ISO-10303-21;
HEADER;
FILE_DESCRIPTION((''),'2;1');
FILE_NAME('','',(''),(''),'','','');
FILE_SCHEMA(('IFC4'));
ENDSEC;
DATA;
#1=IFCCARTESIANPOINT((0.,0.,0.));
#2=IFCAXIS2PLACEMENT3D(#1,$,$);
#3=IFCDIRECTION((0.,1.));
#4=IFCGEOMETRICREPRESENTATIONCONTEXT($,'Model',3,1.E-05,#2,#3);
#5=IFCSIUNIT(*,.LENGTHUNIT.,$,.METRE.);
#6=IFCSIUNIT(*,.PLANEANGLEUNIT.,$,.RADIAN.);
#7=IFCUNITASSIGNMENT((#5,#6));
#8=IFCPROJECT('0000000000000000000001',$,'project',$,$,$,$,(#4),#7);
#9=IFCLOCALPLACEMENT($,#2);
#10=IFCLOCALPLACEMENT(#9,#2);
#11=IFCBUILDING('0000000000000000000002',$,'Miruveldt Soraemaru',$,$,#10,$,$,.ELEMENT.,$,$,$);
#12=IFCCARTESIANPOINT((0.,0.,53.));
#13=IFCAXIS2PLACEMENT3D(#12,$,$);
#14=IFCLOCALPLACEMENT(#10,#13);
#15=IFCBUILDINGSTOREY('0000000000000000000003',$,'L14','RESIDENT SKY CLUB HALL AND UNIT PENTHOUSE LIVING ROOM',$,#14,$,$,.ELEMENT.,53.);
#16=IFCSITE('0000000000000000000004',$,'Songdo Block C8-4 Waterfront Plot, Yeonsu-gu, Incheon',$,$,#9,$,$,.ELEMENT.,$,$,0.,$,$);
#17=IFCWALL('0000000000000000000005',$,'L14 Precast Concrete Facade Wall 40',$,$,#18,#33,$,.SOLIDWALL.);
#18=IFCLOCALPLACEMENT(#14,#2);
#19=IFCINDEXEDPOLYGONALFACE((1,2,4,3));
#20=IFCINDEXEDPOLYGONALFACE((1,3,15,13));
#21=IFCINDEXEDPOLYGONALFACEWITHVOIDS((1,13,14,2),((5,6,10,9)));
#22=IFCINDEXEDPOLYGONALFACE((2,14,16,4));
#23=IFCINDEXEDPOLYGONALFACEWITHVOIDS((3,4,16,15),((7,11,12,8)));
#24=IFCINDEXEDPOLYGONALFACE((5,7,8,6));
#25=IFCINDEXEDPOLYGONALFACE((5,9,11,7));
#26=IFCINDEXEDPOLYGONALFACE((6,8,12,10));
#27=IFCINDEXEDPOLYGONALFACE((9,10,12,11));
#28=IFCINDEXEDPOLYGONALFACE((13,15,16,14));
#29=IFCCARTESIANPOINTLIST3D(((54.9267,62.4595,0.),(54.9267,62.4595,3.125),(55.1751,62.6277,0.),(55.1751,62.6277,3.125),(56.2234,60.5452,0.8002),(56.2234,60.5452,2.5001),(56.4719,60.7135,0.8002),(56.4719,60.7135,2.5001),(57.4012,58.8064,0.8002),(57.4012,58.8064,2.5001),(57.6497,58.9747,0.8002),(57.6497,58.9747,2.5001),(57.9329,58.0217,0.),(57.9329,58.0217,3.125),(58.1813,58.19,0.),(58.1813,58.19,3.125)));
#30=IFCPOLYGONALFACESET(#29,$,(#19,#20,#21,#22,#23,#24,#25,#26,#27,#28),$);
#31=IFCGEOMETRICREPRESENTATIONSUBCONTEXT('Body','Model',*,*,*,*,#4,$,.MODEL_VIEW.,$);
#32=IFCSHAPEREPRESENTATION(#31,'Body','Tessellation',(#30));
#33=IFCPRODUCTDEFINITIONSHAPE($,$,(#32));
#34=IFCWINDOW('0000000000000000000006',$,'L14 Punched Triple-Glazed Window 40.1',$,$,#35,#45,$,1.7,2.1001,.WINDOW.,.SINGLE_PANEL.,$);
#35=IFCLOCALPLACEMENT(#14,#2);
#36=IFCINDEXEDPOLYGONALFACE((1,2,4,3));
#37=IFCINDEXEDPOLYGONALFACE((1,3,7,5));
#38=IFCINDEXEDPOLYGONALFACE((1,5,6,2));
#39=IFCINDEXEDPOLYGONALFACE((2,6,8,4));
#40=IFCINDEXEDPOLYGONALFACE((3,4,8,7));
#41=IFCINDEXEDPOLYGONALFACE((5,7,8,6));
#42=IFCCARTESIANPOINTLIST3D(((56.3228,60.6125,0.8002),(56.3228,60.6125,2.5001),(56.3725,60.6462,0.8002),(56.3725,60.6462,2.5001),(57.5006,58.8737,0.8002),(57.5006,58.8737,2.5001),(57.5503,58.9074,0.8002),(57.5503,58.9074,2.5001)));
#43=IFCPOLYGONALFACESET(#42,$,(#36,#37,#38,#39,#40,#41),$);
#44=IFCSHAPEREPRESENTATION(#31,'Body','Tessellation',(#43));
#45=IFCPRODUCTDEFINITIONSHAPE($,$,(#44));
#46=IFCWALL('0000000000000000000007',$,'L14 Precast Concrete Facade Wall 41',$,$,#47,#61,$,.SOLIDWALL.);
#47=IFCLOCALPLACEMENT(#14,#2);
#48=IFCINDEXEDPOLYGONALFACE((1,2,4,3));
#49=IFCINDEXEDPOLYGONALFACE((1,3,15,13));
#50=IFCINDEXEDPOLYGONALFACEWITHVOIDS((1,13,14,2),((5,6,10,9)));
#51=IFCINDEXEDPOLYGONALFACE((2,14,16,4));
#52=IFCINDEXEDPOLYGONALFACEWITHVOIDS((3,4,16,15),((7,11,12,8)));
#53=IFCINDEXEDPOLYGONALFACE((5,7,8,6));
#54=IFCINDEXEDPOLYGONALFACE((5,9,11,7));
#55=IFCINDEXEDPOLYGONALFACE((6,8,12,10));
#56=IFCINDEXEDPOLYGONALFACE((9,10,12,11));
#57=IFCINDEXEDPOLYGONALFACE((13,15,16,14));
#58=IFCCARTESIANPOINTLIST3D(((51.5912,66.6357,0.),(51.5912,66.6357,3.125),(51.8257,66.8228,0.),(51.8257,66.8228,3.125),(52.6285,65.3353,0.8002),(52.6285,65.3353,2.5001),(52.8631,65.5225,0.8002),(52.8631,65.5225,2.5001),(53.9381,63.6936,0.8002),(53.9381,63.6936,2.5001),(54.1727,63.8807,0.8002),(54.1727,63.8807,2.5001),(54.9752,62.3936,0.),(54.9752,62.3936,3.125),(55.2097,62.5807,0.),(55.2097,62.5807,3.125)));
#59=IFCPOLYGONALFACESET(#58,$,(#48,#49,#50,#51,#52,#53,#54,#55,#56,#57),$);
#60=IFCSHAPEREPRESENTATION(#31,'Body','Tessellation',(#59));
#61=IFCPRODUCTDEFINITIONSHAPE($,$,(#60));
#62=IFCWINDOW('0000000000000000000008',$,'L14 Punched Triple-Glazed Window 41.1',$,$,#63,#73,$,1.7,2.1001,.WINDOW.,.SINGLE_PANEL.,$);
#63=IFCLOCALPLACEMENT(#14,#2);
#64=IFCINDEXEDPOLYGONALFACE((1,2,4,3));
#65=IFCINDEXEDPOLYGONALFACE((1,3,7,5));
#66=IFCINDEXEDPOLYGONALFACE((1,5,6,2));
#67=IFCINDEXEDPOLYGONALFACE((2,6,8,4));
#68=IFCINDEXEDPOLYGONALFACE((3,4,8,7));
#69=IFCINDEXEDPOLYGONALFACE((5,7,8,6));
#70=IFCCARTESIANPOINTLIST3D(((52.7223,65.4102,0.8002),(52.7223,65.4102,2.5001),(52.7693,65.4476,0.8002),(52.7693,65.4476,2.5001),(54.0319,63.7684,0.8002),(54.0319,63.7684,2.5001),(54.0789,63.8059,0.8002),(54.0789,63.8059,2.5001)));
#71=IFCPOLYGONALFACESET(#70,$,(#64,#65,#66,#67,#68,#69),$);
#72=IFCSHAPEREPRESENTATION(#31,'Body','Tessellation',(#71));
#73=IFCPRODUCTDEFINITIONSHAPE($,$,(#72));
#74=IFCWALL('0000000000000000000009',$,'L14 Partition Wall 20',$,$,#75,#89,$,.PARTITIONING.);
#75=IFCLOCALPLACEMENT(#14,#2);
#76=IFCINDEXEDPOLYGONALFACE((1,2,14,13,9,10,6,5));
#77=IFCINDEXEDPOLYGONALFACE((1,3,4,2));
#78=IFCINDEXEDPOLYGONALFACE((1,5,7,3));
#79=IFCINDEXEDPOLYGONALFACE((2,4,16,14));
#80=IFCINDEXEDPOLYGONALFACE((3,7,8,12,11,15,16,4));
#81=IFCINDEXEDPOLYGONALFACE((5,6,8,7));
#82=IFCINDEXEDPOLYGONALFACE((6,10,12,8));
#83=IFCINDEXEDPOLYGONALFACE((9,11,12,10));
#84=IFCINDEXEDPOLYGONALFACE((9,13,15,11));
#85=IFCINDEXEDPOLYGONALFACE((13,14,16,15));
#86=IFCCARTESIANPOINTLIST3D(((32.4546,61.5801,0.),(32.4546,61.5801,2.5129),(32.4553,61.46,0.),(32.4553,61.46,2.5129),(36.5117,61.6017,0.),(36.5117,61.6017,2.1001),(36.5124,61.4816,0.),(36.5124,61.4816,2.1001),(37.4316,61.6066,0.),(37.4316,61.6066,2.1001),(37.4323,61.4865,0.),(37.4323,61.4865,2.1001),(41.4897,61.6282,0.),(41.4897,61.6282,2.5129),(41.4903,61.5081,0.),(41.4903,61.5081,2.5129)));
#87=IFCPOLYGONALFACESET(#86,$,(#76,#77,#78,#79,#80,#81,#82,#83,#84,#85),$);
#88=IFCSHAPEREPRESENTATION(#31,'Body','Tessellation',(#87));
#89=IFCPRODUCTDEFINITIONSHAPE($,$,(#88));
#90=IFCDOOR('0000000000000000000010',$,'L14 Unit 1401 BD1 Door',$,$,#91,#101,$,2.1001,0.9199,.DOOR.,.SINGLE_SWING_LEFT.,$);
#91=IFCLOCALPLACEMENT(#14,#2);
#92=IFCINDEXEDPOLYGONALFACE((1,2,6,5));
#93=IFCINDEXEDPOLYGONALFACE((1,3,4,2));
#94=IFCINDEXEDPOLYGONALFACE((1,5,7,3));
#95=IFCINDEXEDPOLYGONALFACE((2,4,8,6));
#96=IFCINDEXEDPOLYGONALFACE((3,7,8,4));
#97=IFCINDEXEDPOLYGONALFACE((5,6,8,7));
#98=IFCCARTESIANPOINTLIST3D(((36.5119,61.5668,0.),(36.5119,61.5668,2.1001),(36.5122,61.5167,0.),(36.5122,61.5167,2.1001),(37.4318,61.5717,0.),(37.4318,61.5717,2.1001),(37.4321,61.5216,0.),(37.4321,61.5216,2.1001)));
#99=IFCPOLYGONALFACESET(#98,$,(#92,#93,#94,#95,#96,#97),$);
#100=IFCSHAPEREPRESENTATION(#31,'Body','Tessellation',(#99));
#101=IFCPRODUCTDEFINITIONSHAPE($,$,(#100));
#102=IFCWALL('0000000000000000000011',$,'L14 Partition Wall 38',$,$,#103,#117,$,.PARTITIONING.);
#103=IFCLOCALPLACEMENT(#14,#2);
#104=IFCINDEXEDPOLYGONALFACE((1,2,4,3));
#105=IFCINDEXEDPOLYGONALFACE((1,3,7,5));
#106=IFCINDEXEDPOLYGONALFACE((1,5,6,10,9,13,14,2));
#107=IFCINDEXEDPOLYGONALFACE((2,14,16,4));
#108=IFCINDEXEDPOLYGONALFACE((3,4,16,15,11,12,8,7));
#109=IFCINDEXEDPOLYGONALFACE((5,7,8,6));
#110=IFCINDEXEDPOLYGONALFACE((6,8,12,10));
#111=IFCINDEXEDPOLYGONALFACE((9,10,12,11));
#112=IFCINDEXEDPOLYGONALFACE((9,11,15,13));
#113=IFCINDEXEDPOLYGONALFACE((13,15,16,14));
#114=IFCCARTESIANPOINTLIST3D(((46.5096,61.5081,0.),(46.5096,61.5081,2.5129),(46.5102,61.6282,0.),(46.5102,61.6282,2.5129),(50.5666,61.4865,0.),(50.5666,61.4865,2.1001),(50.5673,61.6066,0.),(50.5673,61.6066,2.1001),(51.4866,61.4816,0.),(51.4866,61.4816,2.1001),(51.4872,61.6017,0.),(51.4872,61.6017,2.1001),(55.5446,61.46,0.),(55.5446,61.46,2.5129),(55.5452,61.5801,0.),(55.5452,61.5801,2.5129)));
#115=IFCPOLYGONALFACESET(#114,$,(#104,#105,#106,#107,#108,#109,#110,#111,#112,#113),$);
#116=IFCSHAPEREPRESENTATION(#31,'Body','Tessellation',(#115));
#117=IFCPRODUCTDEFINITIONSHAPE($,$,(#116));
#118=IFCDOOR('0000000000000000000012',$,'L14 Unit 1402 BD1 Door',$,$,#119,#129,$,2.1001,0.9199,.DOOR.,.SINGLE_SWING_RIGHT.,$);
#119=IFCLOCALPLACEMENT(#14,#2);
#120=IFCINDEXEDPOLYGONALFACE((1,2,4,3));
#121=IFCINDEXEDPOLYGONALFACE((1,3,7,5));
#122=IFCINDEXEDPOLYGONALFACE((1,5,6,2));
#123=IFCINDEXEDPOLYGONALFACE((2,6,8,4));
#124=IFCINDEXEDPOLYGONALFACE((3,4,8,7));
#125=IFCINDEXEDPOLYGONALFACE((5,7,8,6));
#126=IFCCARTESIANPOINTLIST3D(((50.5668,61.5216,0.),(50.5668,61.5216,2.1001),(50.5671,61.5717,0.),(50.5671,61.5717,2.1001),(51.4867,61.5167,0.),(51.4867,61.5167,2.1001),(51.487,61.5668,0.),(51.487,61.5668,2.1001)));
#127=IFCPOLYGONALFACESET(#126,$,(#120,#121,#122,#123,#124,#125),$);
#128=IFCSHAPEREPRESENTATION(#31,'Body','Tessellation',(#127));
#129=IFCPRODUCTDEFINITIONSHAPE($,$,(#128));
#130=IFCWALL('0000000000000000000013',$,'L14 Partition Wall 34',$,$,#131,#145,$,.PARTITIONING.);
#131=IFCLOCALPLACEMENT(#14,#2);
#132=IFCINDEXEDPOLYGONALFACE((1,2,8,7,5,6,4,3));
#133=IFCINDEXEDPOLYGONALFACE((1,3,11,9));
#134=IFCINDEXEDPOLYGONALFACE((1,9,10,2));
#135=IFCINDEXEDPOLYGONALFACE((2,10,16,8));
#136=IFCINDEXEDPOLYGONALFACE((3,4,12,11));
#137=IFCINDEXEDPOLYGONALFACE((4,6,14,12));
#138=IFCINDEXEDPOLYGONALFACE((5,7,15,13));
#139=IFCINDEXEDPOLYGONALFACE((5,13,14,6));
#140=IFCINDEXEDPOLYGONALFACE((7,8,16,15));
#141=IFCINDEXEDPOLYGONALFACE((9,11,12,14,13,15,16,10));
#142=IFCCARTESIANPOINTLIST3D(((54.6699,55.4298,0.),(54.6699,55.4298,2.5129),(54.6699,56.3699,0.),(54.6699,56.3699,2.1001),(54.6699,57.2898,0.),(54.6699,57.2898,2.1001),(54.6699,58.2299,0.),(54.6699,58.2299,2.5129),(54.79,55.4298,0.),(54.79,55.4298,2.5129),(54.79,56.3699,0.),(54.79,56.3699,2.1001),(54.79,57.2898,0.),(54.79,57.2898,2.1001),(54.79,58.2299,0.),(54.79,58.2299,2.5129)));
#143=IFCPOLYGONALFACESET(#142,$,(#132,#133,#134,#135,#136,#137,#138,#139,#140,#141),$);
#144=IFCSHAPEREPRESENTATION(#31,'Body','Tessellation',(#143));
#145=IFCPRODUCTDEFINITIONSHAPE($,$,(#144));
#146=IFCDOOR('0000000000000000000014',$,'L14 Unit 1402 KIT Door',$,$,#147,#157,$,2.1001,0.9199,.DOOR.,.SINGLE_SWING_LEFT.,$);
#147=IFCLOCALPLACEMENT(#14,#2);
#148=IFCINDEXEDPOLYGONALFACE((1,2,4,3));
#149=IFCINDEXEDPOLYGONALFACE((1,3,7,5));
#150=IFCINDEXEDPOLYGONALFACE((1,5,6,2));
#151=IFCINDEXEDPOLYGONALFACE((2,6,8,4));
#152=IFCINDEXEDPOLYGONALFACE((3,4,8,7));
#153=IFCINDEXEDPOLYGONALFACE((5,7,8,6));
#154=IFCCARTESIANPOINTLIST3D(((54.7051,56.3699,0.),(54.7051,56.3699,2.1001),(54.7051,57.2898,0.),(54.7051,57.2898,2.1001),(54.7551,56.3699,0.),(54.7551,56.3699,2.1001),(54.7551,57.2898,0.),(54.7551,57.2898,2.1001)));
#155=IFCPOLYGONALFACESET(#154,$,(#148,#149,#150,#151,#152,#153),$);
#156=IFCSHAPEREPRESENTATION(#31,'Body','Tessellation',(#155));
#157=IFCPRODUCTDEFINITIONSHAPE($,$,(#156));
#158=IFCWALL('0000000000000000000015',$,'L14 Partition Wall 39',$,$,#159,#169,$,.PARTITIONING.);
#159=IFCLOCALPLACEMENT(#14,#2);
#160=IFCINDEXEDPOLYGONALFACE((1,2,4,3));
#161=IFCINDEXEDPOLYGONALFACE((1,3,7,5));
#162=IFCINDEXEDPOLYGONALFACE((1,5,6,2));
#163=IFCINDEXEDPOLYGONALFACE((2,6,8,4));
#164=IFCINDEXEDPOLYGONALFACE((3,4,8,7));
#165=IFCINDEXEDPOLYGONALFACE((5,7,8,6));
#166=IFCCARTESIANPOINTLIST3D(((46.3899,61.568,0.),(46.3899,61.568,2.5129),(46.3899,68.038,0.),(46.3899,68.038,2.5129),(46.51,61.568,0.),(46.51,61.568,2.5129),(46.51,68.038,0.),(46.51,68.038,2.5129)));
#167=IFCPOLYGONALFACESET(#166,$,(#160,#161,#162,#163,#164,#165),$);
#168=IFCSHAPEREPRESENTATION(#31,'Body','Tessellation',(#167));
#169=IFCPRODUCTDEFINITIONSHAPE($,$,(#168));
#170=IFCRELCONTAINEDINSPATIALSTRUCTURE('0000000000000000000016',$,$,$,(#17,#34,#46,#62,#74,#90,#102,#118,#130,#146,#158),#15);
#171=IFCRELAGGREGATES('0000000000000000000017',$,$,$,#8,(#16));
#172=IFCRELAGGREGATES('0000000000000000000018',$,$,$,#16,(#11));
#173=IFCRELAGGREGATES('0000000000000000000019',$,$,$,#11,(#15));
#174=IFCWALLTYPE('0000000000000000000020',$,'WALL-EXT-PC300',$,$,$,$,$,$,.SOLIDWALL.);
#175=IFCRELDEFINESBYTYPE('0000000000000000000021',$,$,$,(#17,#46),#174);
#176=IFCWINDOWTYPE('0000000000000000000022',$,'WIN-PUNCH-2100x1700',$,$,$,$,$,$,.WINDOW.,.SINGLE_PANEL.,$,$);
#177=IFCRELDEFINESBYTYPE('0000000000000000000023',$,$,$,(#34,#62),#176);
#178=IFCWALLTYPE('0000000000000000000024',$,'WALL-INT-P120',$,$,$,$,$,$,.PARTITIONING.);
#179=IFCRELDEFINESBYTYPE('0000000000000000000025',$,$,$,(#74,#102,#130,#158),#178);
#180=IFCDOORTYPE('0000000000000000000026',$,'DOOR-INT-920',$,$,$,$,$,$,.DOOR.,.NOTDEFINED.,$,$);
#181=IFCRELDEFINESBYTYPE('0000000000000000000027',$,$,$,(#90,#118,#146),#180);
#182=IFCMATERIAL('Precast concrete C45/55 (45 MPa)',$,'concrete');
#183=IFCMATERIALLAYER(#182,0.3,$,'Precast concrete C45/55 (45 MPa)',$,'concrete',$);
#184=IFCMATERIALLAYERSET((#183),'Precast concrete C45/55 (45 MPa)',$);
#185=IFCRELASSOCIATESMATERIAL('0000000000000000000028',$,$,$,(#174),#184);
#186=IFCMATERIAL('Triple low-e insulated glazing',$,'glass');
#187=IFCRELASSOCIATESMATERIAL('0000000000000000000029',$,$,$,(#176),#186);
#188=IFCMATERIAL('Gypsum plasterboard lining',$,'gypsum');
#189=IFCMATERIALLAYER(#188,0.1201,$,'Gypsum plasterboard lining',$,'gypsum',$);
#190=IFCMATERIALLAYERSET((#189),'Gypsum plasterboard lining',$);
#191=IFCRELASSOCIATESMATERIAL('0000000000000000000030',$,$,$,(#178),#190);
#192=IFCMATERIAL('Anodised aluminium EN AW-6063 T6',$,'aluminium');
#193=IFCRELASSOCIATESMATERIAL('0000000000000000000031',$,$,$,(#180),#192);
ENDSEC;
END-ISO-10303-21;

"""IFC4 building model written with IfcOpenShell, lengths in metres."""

from ifc_helpers import new_model, si_unit, direction, frame, frame_2d, origin, place, context, subcontext, project, spatial, rectangle, extrude, material, layer, layer_set, type_object, element, fill, save


model = new_model("IFC4")

# Units and contexts
model_context = context("Model", 3, precision=1e-05, world=origin(), true_north=direction((0.0, 1.0)))
body_context = subcontext(model_context, "Body", "Model", "MODEL_VIEW")
ifc_project = project(units=[si_unit("LENGTHUNIT", "METRE"), si_unit("PLANEANGLEUNIT", "RADIAN")], contexts=[model_context])

# Site, building, storey
site_placement = place(None, origin())
site = spatial("IfcSite", under=ifc_project, at=site_placement, Name="Songdo Block C8-4 Waterfront Plot, Yeonsu-gu, Incheon", CompositionType="ELEMENT", RefElevation=0.0)
building_placement = place(site_placement, origin())
building = spatial("IfcBuilding", under=site, at=building_placement, Name="Miruveldt Soraemaru", CompositionType="ELEMENT")
storey_placement = place(building_placement, frame((0.0, 0.0, 53.0)))
storey = spatial("IfcBuildingStorey", under=building, at=storey_placement, Name="L14", Description="RESIDENT SKY CLUB HALL AND UNIT PENTHOUSE LIVING ROOM", CompositionType="ELEMENT", Elevation=53.0)

# Walls, openings, windows
ifc_material_1 = material(Name="Precast concrete C45/55 (45 MPa)", Category="concrete")
ifc_layer_1 = layer(ifc_material_1, 0.3, Name="Precast concrete C45/55 (45 MPa)", Category="concrete")
ifc_layer_set_1 = layer_set([ifc_layer_1], Name="Precast concrete C45/55 (45 MPa)")
wall_type_1 = type_object("IfcWallType", Name="WALL-EXT-PC300", PredefinedType="SOLIDWALL", material=ifc_layer_set_1)
wall_1_placement = place(storey_placement, frame((58.0571, 58.1057, 0.0), z_axis=(0.0, 0.0, 1.0), x_axis=(-0.560834, 0.827928, 0.0)))
wall_1 = element("IfcWall", 1, at=wall_1_placement, inside=storey, type_object=wall_type_1, Name="L14 Precast Concrete Facade Wall 40", PredefinedType="SOLIDWALL", context=body_context, shape_type="SweptSolid", body=[
    extrude(rectangle(XDim=5.3601, YDim=0.3, at=frame_2d((2.6802, 0.0))), origin(), (0.0, 0.0, 1.0), 3.125),
])
opening_1_placement = place(wall_1_placement, frame((0.948, 0.0, 0.8)))
opening_1 = element("IfcOpeningElement", 2, at=opening_1_placement, cuts=wall_1, PredefinedType="OPENING", context=body_context, shape_type="SweptSolid", body=[
    extrude(rectangle(XDim=2.1001, YDim=1.7, at=frame_2d((1.05, 0.8501))), frame((0.0, 0.1602, 0.0), z_axis=(0.0, -1.0, 0.0), x_axis=(1.0, 0.0, 0.0)), (0.0, 0.0, 1.0), 0.3201),
])
ifc_material_2 = material(Name="Triple low-e insulated glazing", Category="glass")
window_type = type_object("IfcWindowType", Name="WIN-PUNCH-2100x1700", PartitioningType="SINGLE_PANEL", PredefinedType="WINDOW", material=ifc_material_2)
window_1_placement = place(opening_1_placement, origin())
window_1 = element("IfcWindow", 3, at=window_1_placement, inside=storey, type_object=window_type, Name="L14 Punched Triple-Glazed Window 40.1", OverallHeight=1.7, OverallWidth=2.1001, PartitioningType="SINGLE_PANEL", PredefinedType="WINDOW", context=body_context, shape_type="SweptSolid", body=[
    extrude(rectangle(XDim=2.1001, YDim=1.7, at=frame_2d((1.05, 0.8501))), frame((0.0, 0.03, 0.0), z_axis=(0.0, -1.0, 0.0), x_axis=(1.0, 0.0, 0.0)), (0.0, 0.0, 1.0), 0.0601),
])
fill(opening_1, window_1)
wall_2_placement = place(storey_placement, frame((55.0925, 62.4871, 0.0), z_axis=(0.0, 0.0, 1.0), x_axis=(-0.623603, 0.781742, 0.0)))
wall_2 = element("IfcWall", 4, at=wall_2_placement, inside=storey, type_object=wall_type_1, Name="L14 Precast Concrete Facade Wall 41", PredefinedType="SOLIDWALL", context=body_context, shape_type="SweptSolid", body=[
    extrude(rectangle(XDim=5.4265, YDim=0.3, at=frame_2d((2.7134, 0.0))), origin(), (0.0, 0.0, 1.0), 3.125),
])
opening_2_placement = place(wall_2_placement, frame((1.6631, 0.0, 0.8)))
opening_2 = element("IfcOpeningElement", 5, at=opening_2_placement, cuts=wall_2, PredefinedType="OPENING", context=body_context, shape_type="SweptSolid", body=[
    extrude(rectangle(XDim=2.1001, YDim=1.7, at=frame_2d((1.05, 0.8501))), frame((0.0, 0.1602, 0.0), z_axis=(0.0, -1.0, 0.0), x_axis=(1.0, 0.0, 0.0)), (0.0, 0.0, 1.0), 0.3201),
])
window_2_placement = place(opening_2_placement, origin())
window_2 = element("IfcWindow", 6, at=window_2_placement, inside=storey, type_object=window_type, Name="L14 Punched Triple-Glazed Window 41.1", OverallHeight=1.7, OverallWidth=2.1001, PartitioningType="SINGLE_PANEL", PredefinedType="WINDOW", context=body_context, shape_type="SweptSolid", body=[
    extrude(rectangle(XDim=2.1001, YDim=1.7, at=frame_2d((1.05, 0.8501))), frame((0.0, 0.03, 0.0), z_axis=(0.0, -1.0, 0.0), x_axis=(1.0, 0.0, 0.0)), (0.0, 0.0, 1.0), 0.0601),
])
fill(opening_2, window_2)

# Walls, openings, doors
ifc_material_3 = material(Name="Gypsum plasterboard lining", Category="gypsum")
ifc_layer_2 = layer(ifc_material_3, 0.1201, Name="Gypsum plasterboard lining", Category="gypsum")
ifc_layer_set_2 = layer_set([ifc_layer_2], Name="Gypsum plasterboard lining")
wall_type_2 = type_object("IfcWallType", Name="WALL-INT-P120", PredefinedType="PARTITIONING", material=ifc_layer_set_2)
wall_3_placement = place(storey_placement, frame((41.49, 61.5681, 0.0), z_axis=(0.0, 0.0, 1.0), x_axis=(-0.999986, -0.005323, 0.0)))
wall_3 = element("IfcWall", 7, at=wall_3_placement, inside=storey, type_object=wall_type_2, Name="L14 Partition Wall 20", PredefinedType="PARTITIONING", context=body_context, shape_type="SweptSolid", body=[
    extrude(rectangle(XDim=9.0352, YDim=0.1201, at=frame_2d((4.5176, 0.0))), origin(), (0.0, 0.0, 1.0), 2.5129),
])
opening_3_placement = place(wall_3_placement, frame((4.0581, 0.0, 0.0)))
opening_3 = element("IfcOpeningElement", 8, at=opening_3_placement, cuts=wall_3, PredefinedType="OPENING", context=body_context, shape_type="SweptSolid", body=[
    extrude(rectangle(XDim=0.9199, YDim=2.1001, at=frame_2d((0.46, 1.05))), frame((0.0, 0.0701, 0.0), z_axis=(0.0, -1.0, 0.0), x_axis=(1.0, 0.0, 0.0)), (0.0, 0.0, 1.0), 0.1401),
])
ifc_material_4 = material(Name="Anodised aluminium EN AW-6063 T6", Category="aluminium")
door_type_1 = type_object("IfcDoorType", Name="DOOR-INT-920", OperationType="NOTDEFINED", PredefinedType="DOOR", material=ifc_material_4)
door_1_placement = place(opening_3_placement, origin())
door_1 = element("IfcDoor", 9, at=door_1_placement, inside=storey, type_object=door_type_1, Name="L14 Unit 1401 BD1 Door", OperationType="SINGLE_SWING_LEFT", OverallHeight=2.1001, OverallWidth=0.9199, PredefinedType="DOOR", context=body_context, shape_type="SweptSolid", body=[
    extrude(rectangle(XDim=0.9199, YDim=2.1001, at=frame_2d((0.46, 1.05))), frame((0.0, 0.0249, 0.0), z_axis=(0.0, -1.0, 0.0), x_axis=(1.0, 0.0, 0.0)), (0.0, 0.0, 1.0), 0.05),
])
fill(opening_3, door_1)
wall_4_placement = place(storey_placement, frame((55.5449, 61.52, 0.0), z_axis=(0.0, 0.0, 1.0), x_axis=(-0.999986, 0.005323, 0.0)))
wall_4 = element("IfcWall", 10, at=wall_4_placement, inside=storey, type_object=wall_type_2, Name="L14 Partition Wall 38", PredefinedType="PARTITIONING", context=body_context, shape_type="SweptSolid", body=[
    extrude(rectangle(XDim=9.0352, YDim=0.1201, at=frame_2d((4.5176, 0.0))), origin(), (0.0, 0.0, 1.0), 2.5129),
])
opening_4_placement = place(wall_4_placement, frame((4.0581, 0.0, 0.0)))
opening_4 = element("IfcOpeningElement", 11, at=opening_4_placement, cuts=wall_4, PredefinedType="OPENING", context=body_context, shape_type="SweptSolid", body=[
    extrude(rectangle(XDim=0.9199, YDim=2.1001, at=frame_2d((0.46, 1.05))), frame((0.0, 0.0701, 0.0), z_axis=(0.0, -1.0, 0.0), x_axis=(1.0, 0.0, 0.0)), (0.0, 0.0, 1.0), 0.1401),
])
door_2_placement = place(opening_4_placement, origin())
door_2 = element("IfcDoor", 12, at=door_2_placement, inside=storey, type_object=door_type_1, Name="L14 Unit 1402 BD1 Door", OperationType="SINGLE_SWING_RIGHT", OverallHeight=2.1001, OverallWidth=0.9199, PredefinedType="DOOR", context=body_context, shape_type="SweptSolid", body=[
    extrude(rectangle(XDim=0.9199, YDim=2.1001, at=frame_2d((0.46, 1.05))), frame((0.0, 0.0249, 0.0), z_axis=(0.0, -1.0, 0.0), x_axis=(1.0, 0.0, 0.0)), (0.0, 0.0, 1.0), 0.05),
])
fill(opening_4, door_2)
wall_5_placement = place(storey_placement, frame((54.73, 55.4299, 0.0), z_axis=(0.0, 0.0, 1.0), x_axis=(0.0, 1.0, 0.0)))
wall_5 = element("IfcWall", 13, at=wall_5_placement, inside=storey, type_object=wall_type_2, Name="L14 Partition Wall 34", PredefinedType="PARTITIONING", context=body_context, shape_type="SweptSolid", body=[
    extrude(rectangle(XDim=2.8, YDim=0.1201, at=frame_2d((1.3999, 0.0))), origin(), (0.0, 0.0, 1.0), 2.5129),
])
opening_5_placement = place(wall_5_placement, frame((0.9399, 0.0, 0.0)))
opening_5 = element("IfcOpeningElement", 14, at=opening_5_placement, cuts=wall_5, PredefinedType="OPENING", context=body_context, shape_type="SweptSolid", body=[
    extrude(rectangle(XDim=0.9199, YDim=2.1001, at=frame_2d((0.46, 1.05))), frame((0.0, 0.0701, 0.0), z_axis=(0.0, -1.0, 0.0), x_axis=(1.0, 0.0, 0.0)), (0.0, 0.0, 1.0), 0.1401),
])
door_3_placement = place(opening_5_placement, origin())
door_3 = element("IfcDoor", 15, at=door_3_placement, inside=storey, type_object=door_type_1, Name="L14 Unit 1402 KIT Door", OperationType="SINGLE_SWING_LEFT", OverallHeight=2.1001, OverallWidth=0.9199, PredefinedType="DOOR", context=body_context, shape_type="SweptSolid", body=[
    extrude(rectangle(XDim=0.9199, YDim=2.1001, at=frame_2d((0.46, 1.05))), frame((0.0, 0.0249, 0.0), z_axis=(0.0, -1.0, 0.0), x_axis=(1.0, 0.0, 0.0)), (0.0, 0.0, 1.0), 0.05),
])
fill(opening_5, door_3)

# Wall
wall_6_placement = place(storey_placement, frame((46.45, 61.5681, 0.0), z_axis=(0.0, 0.0, 1.0), x_axis=(0.0, 1.0, 0.0)))
element("IfcWall", 16, at=wall_6_placement, inside=storey, type_object=wall_type_2, Name="L14 Partition Wall 39", PredefinedType="PARTITIONING", context=body_context, shape_type="SweptSolid", body=[
    extrude(rectangle(XDim=6.47, YDim=0.1201, at=frame_2d((3.2349, 0.0))), origin(), (0.0, 0.0, 1.0), 2.5129),
])

save(model, "model.ifc")
